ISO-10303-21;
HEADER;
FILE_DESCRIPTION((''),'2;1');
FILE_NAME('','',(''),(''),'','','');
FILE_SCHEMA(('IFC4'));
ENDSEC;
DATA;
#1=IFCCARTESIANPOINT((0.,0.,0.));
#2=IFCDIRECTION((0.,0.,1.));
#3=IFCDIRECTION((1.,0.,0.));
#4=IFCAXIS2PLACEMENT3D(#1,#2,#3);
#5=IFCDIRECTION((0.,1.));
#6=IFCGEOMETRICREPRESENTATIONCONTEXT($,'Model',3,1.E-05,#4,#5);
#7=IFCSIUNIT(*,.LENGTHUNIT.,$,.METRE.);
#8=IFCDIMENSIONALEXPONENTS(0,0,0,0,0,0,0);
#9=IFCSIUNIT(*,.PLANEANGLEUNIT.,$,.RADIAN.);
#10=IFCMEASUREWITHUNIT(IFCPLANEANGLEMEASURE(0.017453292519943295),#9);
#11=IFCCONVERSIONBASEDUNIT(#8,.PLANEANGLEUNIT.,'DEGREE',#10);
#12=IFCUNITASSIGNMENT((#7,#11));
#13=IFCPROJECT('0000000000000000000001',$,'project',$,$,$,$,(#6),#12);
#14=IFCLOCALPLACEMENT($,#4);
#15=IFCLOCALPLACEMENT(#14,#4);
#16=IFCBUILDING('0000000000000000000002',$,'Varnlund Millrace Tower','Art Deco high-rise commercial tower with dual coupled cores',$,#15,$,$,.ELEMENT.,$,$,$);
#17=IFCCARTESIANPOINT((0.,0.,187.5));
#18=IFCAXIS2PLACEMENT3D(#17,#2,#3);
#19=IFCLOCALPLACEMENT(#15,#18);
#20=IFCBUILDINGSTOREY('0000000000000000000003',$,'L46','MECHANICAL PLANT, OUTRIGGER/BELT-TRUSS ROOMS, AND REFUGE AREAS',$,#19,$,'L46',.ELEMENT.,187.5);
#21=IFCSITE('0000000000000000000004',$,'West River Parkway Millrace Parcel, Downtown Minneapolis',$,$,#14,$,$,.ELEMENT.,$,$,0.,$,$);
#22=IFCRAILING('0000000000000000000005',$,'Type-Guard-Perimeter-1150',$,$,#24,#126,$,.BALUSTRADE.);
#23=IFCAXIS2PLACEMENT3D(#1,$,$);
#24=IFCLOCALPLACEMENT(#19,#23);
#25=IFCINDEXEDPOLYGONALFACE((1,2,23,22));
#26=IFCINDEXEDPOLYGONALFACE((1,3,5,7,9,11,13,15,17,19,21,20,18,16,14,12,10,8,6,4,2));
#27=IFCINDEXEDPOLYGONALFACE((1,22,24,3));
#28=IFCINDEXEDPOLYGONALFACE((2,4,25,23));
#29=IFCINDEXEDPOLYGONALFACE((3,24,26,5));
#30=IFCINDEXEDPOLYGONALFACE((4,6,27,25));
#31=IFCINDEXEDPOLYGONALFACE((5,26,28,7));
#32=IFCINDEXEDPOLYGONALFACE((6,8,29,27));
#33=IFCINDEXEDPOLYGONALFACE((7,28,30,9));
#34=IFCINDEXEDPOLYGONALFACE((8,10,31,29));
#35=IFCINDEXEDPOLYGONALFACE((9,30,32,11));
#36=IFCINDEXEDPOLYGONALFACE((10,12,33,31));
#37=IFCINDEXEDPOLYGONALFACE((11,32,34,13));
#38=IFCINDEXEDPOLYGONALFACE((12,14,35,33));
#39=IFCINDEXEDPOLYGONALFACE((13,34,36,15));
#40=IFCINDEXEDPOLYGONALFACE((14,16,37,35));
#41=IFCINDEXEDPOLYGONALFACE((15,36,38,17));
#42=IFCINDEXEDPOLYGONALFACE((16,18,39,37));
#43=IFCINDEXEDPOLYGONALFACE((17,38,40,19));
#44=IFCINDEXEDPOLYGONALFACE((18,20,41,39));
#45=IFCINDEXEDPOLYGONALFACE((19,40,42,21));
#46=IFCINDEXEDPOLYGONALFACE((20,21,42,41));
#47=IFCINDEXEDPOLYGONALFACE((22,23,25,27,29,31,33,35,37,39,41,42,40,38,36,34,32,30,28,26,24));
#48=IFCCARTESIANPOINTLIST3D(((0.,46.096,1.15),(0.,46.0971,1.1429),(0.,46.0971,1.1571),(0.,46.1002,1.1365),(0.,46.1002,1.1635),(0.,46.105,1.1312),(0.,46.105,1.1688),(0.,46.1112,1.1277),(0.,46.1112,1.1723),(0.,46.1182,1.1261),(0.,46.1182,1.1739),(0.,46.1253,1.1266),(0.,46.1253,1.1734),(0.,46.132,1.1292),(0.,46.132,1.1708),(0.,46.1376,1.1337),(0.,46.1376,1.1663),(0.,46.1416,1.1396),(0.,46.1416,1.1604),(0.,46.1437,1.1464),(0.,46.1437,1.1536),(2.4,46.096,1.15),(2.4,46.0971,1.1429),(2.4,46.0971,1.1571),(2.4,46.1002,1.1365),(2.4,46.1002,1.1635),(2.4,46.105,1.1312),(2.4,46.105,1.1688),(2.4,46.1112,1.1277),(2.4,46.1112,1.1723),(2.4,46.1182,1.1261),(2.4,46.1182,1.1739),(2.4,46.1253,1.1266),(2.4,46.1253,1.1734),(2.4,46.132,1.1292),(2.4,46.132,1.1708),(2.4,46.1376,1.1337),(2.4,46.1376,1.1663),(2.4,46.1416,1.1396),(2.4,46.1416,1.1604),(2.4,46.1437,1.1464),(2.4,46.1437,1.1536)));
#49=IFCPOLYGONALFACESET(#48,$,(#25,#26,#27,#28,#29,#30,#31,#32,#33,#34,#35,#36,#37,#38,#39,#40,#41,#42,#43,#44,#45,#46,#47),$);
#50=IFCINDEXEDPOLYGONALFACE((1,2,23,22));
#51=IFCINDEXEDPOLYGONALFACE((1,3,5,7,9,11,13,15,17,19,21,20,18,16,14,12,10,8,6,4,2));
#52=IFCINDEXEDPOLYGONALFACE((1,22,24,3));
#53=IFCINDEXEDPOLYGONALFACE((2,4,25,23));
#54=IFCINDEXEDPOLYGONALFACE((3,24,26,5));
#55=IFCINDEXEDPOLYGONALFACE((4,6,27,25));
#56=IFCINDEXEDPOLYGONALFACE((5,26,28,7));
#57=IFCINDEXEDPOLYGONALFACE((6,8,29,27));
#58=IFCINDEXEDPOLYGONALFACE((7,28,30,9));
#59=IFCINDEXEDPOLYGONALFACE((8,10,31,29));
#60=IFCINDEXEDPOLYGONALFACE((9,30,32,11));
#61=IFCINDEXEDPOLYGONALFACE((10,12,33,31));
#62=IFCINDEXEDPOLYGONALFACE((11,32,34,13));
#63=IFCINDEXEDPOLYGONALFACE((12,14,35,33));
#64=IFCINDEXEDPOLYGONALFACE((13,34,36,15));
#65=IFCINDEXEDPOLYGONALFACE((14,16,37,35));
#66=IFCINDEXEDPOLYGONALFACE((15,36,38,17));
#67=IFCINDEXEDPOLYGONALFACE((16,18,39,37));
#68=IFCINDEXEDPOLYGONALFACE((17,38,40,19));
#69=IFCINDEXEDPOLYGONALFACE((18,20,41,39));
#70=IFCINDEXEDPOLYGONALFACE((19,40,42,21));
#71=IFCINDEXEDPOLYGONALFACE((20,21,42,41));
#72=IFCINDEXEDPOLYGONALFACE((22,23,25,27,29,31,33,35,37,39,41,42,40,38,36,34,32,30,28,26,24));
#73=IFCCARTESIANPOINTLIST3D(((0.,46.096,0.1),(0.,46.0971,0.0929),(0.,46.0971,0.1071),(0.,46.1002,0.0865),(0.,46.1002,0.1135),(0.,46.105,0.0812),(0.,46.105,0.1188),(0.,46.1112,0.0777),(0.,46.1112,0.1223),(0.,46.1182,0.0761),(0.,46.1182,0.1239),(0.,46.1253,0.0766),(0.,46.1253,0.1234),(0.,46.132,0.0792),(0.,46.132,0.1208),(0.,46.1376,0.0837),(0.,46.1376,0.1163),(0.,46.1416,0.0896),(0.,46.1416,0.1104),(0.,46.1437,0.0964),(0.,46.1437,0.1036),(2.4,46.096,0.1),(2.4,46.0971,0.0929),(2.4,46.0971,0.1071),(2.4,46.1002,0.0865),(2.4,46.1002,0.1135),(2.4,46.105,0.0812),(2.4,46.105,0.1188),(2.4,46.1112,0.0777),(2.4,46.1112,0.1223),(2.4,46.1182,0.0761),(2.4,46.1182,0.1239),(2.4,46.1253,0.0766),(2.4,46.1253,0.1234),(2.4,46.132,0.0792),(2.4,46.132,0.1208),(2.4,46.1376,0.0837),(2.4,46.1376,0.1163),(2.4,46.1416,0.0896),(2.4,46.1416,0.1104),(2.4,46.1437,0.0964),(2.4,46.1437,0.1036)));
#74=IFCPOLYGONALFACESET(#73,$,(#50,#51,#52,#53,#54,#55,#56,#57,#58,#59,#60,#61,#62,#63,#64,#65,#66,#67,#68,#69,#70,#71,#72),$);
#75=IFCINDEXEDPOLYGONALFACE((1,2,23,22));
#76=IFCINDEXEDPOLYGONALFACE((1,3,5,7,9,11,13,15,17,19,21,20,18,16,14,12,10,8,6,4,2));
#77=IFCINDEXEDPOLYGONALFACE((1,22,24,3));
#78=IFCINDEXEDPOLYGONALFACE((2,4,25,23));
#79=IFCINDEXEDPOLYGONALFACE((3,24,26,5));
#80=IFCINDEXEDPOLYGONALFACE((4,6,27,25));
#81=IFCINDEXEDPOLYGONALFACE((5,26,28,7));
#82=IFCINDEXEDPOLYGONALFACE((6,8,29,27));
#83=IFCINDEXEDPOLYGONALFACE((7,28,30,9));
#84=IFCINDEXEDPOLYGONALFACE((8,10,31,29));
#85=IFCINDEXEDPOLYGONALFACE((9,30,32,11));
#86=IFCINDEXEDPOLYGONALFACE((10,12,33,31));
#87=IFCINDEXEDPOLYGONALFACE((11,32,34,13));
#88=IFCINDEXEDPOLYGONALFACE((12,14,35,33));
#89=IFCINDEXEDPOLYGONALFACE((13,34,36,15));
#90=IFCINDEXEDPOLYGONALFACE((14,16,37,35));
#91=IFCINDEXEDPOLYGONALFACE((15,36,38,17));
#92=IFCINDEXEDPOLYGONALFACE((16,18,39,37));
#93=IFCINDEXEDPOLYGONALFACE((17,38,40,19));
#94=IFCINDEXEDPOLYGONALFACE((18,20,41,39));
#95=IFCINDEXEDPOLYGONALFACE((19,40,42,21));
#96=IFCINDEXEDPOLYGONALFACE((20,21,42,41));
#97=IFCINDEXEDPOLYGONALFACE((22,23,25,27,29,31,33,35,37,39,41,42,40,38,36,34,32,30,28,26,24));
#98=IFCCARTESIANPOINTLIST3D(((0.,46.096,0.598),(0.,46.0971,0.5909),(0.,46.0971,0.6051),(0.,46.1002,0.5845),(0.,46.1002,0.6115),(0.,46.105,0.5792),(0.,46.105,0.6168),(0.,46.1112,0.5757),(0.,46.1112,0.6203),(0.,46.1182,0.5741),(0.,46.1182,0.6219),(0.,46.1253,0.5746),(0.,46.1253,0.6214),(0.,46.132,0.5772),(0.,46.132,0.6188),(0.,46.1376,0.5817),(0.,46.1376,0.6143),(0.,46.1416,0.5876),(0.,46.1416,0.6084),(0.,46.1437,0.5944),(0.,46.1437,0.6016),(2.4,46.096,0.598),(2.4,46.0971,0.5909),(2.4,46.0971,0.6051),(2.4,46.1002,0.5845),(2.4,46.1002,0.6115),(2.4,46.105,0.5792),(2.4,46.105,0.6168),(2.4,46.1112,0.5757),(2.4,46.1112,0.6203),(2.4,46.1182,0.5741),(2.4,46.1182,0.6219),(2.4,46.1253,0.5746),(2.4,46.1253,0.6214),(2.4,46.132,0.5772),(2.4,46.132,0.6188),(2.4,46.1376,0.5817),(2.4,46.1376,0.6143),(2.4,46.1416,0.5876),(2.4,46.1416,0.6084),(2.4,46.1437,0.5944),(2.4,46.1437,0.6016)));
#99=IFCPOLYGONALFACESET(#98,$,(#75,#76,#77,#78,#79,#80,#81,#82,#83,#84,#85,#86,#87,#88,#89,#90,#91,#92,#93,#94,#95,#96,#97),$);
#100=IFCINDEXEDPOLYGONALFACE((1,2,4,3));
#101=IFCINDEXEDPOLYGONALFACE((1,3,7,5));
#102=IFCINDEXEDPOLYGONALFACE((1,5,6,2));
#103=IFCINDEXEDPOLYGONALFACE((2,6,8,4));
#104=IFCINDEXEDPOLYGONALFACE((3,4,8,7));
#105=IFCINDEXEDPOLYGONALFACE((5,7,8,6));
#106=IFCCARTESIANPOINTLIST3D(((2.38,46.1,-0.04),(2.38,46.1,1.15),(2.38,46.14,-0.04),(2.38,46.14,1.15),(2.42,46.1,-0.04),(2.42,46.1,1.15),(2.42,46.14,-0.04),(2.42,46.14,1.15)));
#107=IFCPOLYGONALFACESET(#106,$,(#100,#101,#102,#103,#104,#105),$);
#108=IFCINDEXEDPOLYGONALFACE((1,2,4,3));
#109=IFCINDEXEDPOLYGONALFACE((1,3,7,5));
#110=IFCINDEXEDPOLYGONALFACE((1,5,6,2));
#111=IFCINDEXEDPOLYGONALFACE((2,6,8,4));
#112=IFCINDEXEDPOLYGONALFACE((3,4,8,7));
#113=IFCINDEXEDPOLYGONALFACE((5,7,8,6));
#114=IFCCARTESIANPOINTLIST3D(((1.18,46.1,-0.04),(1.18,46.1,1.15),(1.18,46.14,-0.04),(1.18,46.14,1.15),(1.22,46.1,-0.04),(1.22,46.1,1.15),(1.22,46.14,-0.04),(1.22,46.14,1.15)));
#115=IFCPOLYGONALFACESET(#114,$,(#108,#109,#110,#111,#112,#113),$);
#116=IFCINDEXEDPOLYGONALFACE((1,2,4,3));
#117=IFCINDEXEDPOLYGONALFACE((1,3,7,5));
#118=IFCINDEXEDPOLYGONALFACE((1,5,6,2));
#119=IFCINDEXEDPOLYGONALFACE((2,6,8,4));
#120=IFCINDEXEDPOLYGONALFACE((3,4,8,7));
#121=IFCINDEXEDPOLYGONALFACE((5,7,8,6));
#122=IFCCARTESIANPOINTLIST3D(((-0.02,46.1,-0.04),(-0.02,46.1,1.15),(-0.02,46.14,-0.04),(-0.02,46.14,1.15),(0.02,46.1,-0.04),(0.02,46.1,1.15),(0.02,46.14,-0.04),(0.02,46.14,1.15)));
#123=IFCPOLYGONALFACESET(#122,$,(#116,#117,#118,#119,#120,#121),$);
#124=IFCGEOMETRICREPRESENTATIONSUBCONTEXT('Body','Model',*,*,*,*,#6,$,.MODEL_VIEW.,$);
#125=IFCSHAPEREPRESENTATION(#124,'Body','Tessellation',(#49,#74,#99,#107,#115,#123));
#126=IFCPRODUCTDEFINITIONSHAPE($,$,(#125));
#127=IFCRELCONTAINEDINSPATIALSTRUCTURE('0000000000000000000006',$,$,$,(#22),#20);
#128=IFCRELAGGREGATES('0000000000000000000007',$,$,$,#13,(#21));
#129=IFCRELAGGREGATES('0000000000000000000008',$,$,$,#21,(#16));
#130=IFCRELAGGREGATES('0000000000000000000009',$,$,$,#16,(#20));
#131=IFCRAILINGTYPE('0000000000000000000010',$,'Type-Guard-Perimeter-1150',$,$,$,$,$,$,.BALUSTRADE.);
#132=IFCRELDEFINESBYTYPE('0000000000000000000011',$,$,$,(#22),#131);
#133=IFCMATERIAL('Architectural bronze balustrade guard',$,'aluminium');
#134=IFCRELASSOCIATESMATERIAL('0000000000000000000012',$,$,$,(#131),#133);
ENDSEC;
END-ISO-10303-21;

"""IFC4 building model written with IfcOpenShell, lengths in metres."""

from ifc_helpers import new_model, entity, si_unit, converted_unit, direction, frame, origin_with_axes, origin_2d_with_axis, place, context, subcontext, project, spatial, rectangle, circle, extrude, material, type_object, element, save


model = new_model("IFC4")

# Units and contexts
model_context = context("Model", 3, precision=1e-05, world=origin_with_axes(), true_north=direction((0.0, 1.0)))
body_context = subcontext(model_context, "Body", "Model", "MODEL_VIEW")
ifc_project = project(units=[si_unit("LENGTHUNIT", "METRE"), converted_unit("PLANEANGLEUNIT", "DEGREE", entity("IfcPlaneAngleMeasure", 0.017453292519943295), si_unit("PLANEANGLEUNIT", "RADIAN"), dimensions=[0, 0, 0, 0, 0, 0, 0])], contexts=[model_context])

# Site, building, storey
site_placement = place(None, origin_with_axes())
site = spatial("IfcSite", under=ifc_project, at=site_placement, Name="West River Parkway Millrace Parcel, Downtown Minneapolis", CompositionType="ELEMENT", RefElevation=0.0)
building_placement = place(site_placement, origin_with_axes())
building = spatial("IfcBuilding", under=site, at=building_placement, Name="Varnlund Millrace Tower", Description="Art Deco high-rise commercial tower with dual coupled cores", CompositionType="ELEMENT")
storey_placement = place(building_placement, frame((0.0, 0.0, 187.5), z_axis=(0.0, 0.0, 1.0), x_axis=(1.0, 0.0, 0.0)))
storey = spatial("IfcBuildingStorey", under=building, at=storey_placement, Name="L46", Description="MECHANICAL PLANT, OUTRIGGER/BELT-TRUSS ROOMS, AND REFUGE AREAS", LongName="L46", CompositionType="ELEMENT", Elevation=187.5)

# Railing
ifc_material_1 = material(Name="Architectural bronze balustrade guard", Category="aluminium")
railing_type_1 = type_object("IfcRailingType", Name="Type-Guard-Perimeter-1150", PredefinedType="BALUSTRADE", material=ifc_material_1)
railing_1_placement = place(storey_placement, frame((0.0, 0.0, -187.5), z_axis=(0.0, 0.0, 1.0), x_axis=(1.0, 0.0, 0.0)))
element("IfcRailing", 1, at=railing_1_placement, inside=storey, type_object=railing_type_1, Name="Type-Guard-Perimeter-1150", PredefinedType="BALUSTRADE", context=body_context, shape_type="SweptSolid", body=[
    extrude(circle(Radius=0.024, at=origin_2d_with_axis()), frame((2.4, 46.12, 188.65), z_axis=(-1.0, 0.0, 0.0), x_axis=(0.0, -1.0, 0.0)), (0.0, 0.0, 1.0), 2.4),
    extrude(circle(Radius=0.024, at=origin_2d_with_axis()), frame((2.4, 46.12, 187.6), z_axis=(-1.0, 0.0, 0.0), x_axis=(0.0, -1.0, 0.0)), (0.0, 0.0, 1.0), 2.4),
    extrude(circle(Radius=0.024, at=origin_2d_with_axis()), frame((2.4, 46.12, 188.098), z_axis=(-1.0, 0.0, 0.0), x_axis=(0.0, -1.0, 0.0)), (0.0, 0.0, 1.0), 2.4),
    extrude(rectangle(XDim=0.04, YDim=0.04, at=origin_2d_with_axis()), frame((2.4, 46.12, 187.46), z_axis=(0.0, 0.0, 1.0), x_axis=(1.0, 0.0, 0.0)), (0.0, 0.0, 1.0), 1.19),
    extrude(rectangle(XDim=0.04, YDim=0.04, at=origin_2d_with_axis()), frame((1.2, 46.12, 187.46), z_axis=(0.0, 0.0, 1.0), x_axis=(1.0, 0.0, 0.0)), (0.0, 0.0, 1.0), 1.19),
    extrude(rectangle(XDim=0.04, YDim=0.04, at=origin_2d_with_axis()), frame((0.0, 46.12, 187.46), z_axis=(0.0, 0.0, 1.0), x_axis=(1.0, 0.0, 0.0)), (0.0, 0.0, 1.0), 1.19),
])

save(model, "model.ifc")
